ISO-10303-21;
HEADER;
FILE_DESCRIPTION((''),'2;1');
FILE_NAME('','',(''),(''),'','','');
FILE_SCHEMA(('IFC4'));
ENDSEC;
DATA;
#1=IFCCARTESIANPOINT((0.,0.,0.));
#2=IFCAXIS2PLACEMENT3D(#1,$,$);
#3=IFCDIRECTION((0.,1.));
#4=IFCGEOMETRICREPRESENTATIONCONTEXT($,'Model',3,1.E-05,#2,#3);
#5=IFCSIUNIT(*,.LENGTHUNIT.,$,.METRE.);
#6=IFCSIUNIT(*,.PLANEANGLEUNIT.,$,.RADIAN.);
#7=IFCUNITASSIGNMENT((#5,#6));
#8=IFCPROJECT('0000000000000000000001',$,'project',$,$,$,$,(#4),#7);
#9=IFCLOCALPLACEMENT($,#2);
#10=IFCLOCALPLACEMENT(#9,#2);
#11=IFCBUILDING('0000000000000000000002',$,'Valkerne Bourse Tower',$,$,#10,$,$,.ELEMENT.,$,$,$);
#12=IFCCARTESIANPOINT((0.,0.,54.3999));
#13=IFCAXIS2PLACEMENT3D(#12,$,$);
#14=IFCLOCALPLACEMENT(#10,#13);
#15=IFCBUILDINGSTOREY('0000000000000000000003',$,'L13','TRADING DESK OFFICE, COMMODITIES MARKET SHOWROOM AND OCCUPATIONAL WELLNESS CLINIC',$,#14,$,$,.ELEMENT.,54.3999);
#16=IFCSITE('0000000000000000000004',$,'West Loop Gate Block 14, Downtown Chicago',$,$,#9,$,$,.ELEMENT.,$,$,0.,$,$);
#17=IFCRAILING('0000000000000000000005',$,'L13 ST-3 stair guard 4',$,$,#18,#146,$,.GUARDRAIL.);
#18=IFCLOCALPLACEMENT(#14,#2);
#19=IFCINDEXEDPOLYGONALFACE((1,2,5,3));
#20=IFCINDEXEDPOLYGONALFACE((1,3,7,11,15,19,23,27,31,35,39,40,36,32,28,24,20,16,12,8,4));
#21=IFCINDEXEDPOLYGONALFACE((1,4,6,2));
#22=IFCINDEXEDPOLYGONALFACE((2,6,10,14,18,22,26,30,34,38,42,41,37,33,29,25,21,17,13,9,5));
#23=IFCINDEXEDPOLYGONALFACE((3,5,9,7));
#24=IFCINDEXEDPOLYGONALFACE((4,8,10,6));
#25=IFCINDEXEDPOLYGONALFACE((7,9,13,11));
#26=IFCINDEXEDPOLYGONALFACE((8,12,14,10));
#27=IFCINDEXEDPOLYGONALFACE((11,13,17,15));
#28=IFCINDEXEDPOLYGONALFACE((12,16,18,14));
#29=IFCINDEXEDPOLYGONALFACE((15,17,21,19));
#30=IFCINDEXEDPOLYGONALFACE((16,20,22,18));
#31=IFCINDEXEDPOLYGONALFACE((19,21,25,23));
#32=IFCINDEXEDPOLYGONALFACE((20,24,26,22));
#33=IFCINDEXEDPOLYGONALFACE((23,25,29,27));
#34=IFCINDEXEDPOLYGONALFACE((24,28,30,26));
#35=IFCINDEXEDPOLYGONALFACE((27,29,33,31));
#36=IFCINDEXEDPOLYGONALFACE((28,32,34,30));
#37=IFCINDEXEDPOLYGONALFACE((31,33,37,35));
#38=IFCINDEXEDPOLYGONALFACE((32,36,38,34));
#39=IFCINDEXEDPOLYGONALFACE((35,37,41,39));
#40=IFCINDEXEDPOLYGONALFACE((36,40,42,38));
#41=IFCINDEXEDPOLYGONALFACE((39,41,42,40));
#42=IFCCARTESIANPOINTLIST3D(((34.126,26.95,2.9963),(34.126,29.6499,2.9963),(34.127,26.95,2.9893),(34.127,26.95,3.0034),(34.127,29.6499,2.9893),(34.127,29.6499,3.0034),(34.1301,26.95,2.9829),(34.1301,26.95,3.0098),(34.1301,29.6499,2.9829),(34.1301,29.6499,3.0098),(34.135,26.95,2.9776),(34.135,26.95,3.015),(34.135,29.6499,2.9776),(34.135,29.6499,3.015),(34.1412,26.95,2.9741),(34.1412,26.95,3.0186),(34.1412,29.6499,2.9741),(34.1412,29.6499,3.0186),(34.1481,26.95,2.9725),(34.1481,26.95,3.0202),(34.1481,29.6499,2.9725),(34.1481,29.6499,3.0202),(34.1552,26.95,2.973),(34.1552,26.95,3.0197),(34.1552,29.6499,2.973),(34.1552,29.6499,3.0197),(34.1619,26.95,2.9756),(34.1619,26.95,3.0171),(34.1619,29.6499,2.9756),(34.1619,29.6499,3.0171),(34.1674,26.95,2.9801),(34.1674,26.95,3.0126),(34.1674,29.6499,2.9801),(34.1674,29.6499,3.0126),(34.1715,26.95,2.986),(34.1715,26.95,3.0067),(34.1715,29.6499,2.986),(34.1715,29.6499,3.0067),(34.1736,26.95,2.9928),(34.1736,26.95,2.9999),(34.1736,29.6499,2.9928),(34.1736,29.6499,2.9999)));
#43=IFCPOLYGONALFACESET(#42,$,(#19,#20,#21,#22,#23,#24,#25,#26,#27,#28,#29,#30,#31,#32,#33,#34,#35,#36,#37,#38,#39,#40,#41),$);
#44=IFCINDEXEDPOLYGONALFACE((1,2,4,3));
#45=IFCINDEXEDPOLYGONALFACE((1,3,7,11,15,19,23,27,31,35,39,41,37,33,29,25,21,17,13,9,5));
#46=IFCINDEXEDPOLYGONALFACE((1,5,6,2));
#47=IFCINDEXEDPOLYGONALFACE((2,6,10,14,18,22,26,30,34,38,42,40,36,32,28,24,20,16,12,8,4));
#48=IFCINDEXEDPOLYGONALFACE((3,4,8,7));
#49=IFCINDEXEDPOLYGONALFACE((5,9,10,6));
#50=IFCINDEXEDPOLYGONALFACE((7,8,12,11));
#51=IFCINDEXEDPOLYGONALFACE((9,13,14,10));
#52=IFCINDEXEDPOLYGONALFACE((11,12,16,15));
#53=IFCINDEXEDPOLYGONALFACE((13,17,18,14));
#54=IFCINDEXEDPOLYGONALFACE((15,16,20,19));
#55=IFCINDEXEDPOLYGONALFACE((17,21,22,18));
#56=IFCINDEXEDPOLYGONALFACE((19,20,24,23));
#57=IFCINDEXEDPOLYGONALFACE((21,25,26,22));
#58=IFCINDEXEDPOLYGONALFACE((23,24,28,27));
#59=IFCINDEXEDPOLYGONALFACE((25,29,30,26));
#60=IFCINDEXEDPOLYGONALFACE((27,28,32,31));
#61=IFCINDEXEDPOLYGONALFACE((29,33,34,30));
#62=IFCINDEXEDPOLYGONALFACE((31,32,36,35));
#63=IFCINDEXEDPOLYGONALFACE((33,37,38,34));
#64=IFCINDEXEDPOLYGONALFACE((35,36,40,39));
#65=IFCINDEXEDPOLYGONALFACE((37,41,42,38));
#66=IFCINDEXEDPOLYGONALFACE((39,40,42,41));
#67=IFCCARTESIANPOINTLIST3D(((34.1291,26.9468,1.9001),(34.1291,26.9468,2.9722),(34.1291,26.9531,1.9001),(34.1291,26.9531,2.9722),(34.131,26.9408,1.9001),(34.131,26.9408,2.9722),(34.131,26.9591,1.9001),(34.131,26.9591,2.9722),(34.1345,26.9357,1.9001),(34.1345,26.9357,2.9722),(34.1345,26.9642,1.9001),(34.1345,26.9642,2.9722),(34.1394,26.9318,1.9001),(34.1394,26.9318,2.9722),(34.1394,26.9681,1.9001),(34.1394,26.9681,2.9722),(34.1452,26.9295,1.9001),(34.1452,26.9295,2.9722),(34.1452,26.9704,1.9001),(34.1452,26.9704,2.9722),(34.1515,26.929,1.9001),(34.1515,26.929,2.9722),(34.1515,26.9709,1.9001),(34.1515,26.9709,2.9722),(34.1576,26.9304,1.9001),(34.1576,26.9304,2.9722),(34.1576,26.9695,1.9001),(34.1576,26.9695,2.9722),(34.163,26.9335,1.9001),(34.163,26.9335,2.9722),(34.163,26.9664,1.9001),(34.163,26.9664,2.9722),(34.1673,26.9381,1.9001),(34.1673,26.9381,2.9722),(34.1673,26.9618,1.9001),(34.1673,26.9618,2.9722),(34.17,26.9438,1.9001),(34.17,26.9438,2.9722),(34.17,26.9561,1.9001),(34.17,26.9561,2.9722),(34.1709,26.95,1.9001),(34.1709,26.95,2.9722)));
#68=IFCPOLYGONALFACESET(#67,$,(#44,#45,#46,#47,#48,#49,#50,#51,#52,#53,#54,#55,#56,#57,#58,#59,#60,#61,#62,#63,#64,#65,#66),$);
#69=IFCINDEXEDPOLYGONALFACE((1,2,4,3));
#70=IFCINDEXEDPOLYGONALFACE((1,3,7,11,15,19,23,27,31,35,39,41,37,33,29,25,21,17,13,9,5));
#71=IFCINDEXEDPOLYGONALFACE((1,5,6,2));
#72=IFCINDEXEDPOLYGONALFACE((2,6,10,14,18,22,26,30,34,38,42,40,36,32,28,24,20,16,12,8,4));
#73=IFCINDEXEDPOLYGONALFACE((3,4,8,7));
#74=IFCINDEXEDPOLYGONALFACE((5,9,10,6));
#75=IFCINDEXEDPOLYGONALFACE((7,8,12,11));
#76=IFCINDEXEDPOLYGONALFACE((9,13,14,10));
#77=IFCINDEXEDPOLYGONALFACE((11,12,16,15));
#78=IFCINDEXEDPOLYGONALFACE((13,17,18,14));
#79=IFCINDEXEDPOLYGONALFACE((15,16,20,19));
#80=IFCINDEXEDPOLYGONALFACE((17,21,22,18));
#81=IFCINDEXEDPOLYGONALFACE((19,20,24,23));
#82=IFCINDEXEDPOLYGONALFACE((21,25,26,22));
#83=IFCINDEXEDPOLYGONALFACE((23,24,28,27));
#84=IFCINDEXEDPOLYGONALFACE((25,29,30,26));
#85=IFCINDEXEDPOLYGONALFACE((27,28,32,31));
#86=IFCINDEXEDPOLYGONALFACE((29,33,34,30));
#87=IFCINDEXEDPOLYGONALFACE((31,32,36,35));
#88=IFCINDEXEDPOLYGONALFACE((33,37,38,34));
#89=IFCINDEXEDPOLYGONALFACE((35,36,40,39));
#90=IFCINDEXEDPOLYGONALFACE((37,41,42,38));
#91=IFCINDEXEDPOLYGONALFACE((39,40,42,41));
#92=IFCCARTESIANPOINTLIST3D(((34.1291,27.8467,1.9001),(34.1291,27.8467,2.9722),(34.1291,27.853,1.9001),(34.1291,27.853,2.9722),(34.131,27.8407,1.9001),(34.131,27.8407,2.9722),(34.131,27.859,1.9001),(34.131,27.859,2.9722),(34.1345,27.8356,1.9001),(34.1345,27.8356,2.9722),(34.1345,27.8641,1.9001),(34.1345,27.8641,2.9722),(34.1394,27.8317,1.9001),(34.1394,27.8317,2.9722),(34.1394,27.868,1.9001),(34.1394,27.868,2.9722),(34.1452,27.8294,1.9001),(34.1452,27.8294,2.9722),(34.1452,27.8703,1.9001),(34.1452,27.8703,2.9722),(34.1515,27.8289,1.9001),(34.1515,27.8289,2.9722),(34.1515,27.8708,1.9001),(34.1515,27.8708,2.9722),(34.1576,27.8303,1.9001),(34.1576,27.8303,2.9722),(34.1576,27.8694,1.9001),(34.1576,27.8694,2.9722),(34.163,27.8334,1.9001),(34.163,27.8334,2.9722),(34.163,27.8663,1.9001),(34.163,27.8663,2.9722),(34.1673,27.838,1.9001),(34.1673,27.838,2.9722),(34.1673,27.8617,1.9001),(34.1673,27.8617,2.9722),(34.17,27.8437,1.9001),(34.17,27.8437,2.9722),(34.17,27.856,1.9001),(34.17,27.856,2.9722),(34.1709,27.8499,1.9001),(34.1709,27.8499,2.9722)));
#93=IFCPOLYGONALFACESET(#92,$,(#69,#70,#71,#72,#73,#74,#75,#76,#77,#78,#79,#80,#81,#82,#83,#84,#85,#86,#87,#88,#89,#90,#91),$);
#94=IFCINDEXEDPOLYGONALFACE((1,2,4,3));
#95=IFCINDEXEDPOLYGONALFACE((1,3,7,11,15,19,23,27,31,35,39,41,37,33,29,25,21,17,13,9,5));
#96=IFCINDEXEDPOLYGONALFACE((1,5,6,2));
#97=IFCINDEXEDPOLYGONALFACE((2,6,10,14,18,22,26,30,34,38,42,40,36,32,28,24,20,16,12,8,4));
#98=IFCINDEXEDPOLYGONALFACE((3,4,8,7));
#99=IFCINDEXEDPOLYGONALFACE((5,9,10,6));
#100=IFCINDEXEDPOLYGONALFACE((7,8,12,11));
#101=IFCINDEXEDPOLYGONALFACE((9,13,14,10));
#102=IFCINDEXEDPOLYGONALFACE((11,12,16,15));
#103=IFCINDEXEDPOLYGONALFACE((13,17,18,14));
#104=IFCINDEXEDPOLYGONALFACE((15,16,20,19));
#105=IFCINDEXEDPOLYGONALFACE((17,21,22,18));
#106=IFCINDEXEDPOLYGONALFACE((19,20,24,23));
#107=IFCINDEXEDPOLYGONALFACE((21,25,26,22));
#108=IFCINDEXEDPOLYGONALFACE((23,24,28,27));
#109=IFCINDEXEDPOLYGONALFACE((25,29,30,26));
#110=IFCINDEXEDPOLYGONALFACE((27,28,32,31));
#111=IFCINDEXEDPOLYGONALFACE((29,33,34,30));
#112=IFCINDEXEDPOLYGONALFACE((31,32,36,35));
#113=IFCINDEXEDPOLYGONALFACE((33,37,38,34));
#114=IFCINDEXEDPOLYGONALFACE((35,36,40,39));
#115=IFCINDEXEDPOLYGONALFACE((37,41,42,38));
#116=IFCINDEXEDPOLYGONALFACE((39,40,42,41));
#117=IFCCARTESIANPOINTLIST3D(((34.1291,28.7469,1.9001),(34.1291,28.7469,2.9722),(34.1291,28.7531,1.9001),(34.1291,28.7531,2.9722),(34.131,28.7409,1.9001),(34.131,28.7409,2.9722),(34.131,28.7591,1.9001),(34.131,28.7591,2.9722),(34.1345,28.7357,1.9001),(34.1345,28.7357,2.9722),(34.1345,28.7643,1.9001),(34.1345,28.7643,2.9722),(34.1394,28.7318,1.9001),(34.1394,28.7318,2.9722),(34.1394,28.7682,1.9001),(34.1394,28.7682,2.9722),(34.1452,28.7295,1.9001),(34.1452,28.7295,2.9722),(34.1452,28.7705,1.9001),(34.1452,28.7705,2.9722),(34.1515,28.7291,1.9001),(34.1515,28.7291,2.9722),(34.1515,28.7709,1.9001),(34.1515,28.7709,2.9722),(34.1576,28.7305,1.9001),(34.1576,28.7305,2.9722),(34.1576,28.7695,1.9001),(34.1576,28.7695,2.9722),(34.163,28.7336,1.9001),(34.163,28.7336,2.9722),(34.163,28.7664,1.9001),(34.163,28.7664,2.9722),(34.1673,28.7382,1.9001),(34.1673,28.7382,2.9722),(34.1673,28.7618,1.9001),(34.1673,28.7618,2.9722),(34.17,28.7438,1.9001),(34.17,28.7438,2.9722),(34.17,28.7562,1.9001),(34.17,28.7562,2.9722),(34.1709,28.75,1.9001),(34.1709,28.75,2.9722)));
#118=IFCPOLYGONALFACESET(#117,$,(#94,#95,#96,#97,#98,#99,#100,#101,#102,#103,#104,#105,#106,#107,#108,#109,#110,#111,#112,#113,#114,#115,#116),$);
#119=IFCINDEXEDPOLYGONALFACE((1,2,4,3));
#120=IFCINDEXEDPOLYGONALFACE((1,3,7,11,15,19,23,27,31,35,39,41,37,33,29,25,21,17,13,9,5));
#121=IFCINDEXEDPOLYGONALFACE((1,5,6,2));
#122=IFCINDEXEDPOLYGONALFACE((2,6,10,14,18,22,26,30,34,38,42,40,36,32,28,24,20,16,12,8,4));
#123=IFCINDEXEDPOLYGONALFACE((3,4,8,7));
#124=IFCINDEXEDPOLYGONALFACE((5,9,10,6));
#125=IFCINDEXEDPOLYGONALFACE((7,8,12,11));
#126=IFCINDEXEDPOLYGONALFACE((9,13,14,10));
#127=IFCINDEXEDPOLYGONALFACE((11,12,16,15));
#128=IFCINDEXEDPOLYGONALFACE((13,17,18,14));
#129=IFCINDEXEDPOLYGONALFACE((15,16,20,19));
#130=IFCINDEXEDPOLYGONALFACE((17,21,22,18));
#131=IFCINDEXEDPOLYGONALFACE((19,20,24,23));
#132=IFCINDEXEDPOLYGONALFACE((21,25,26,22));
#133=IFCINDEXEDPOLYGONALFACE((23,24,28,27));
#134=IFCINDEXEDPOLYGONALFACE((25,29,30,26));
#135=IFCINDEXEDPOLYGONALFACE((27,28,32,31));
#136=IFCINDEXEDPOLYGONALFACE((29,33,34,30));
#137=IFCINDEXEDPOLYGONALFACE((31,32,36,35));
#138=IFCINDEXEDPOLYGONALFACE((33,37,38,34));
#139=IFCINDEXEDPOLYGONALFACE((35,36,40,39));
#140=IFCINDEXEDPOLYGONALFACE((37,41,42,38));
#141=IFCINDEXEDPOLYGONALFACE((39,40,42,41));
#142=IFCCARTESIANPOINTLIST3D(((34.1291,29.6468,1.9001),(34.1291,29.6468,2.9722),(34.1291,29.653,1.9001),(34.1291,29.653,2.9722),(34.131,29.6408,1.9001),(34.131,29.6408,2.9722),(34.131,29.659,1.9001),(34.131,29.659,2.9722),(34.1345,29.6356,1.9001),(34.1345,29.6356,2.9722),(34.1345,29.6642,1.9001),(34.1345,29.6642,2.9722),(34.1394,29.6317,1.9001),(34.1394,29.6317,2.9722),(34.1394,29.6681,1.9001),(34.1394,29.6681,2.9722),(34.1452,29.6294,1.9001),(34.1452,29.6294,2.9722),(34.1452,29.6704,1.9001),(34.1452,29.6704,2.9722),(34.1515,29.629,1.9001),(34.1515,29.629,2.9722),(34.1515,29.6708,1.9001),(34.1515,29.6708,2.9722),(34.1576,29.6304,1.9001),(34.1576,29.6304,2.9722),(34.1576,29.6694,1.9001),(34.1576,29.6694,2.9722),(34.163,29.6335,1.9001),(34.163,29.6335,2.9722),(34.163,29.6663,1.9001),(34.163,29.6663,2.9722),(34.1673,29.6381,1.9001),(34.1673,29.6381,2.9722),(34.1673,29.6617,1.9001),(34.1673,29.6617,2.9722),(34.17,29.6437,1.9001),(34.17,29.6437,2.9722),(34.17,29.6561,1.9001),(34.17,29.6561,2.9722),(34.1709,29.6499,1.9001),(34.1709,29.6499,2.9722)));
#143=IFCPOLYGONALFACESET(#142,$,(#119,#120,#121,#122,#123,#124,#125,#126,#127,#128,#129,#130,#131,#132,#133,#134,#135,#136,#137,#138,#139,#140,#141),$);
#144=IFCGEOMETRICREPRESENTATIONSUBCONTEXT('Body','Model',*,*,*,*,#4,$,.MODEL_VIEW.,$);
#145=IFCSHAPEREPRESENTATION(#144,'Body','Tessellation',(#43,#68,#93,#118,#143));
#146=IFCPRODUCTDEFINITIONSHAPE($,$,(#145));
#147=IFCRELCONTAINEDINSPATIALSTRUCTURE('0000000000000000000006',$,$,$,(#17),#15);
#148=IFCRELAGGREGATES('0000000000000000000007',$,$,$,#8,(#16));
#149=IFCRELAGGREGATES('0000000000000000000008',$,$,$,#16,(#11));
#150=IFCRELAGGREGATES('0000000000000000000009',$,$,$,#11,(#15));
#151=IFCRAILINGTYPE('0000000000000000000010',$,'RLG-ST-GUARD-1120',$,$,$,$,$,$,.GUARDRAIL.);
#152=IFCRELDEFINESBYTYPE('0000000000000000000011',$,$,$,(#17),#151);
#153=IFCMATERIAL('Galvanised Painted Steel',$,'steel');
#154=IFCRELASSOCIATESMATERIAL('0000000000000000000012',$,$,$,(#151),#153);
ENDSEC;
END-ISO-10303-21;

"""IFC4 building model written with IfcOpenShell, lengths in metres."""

from ifc_helpers import new_model, si_unit, direction, frame, origin, origin_2d, place, context, subcontext, project, spatial, circle, extrude, material, type_object, element, save


model = new_model("IFC4")

# Units and contexts
model_context = context("Model", 3, precision=1e-05, world=origin(), true_north=direction((0.0, 1.0)))
body_context = subcontext(model_context, "Body", "Model", "MODEL_VIEW")
ifc_project = project(units=[si_unit("LENGTHUNIT", "METRE"), si_unit("PLANEANGLEUNIT", "RADIAN")], contexts=[model_context])

# Site, building, storey
site_placement = place(None, origin())
site = spatial("IfcSite", under=ifc_project, at=site_placement, Name="West Loop Gate Block 14, Downtown Chicago", CompositionType="ELEMENT", RefElevation=0.0)
building_placement = place(site_placement, origin())
building = spatial("IfcBuilding", under=site, at=building_placement, Name="Valkerne Bourse Tower", CompositionType="ELEMENT")
storey_placement = place(building_placement, frame((0.0, 0.0, 54.3999)))
storey = spatial("IfcBuildingStorey", under=building, at=storey_placement, Name="L13", Description="TRADING DESK OFFICE, COMMODITIES MARKET SHOWROOM AND OCCUPATIONAL WELLNESS CLINIC", CompositionType="ELEMENT", Elevation=54.3999)

# Shared definitions
ifc_material_1 = material(Name="Galvanised Painted Steel", Category="steel")

# Railing
railing_type_1 = type_object("IfcRailingType", Name="RLG-ST-GUARD-1120", PredefinedType="GUARDRAIL", material=ifc_material_1)
for number, where, name in (
    (1, (34.1499, 26.95, 1.9001), "L13 ST-3 stair guard 4"),
):
    element("IfcRailing", number, at=place(storey_placement, frame(where)), inside=storey, type_object=railing_type_1, Name=name, PredefinedType="GUARDRAIL", context=body_context, shape_type="SweptSolid", body=[
        extrude(circle(Radius=0.0239, at=origin_2d()), frame((0.0, 0.0, 1.0962), z_axis=(0.0, 1.0, 0.0), x_axis=(-1.0, 0.0, 0.0)), (0.0, 0.0, 1.0), 2.7),
        extrude(circle(Radius=0.021, at=origin_2d()), origin(), (0.0, 0.0, 1.0), 1.072),
        extrude(circle(Radius=0.021, at=origin_2d()), frame((0.0, 0.8999, 0.0)), (0.0, 0.0, 1.0), 1.072),
        extrude(circle(Radius=0.021, at=origin_2d()), frame((0.0, 1.8, 0.0)), (0.0, 0.0, 1.0), 1.072),
        extrude(circle(Radius=0.021, at=origin_2d()), frame((0.0, 2.7, 0.0)), (0.0, 0.0, 1.0), 1.072),
    ])

save(model, "model.ifc")
